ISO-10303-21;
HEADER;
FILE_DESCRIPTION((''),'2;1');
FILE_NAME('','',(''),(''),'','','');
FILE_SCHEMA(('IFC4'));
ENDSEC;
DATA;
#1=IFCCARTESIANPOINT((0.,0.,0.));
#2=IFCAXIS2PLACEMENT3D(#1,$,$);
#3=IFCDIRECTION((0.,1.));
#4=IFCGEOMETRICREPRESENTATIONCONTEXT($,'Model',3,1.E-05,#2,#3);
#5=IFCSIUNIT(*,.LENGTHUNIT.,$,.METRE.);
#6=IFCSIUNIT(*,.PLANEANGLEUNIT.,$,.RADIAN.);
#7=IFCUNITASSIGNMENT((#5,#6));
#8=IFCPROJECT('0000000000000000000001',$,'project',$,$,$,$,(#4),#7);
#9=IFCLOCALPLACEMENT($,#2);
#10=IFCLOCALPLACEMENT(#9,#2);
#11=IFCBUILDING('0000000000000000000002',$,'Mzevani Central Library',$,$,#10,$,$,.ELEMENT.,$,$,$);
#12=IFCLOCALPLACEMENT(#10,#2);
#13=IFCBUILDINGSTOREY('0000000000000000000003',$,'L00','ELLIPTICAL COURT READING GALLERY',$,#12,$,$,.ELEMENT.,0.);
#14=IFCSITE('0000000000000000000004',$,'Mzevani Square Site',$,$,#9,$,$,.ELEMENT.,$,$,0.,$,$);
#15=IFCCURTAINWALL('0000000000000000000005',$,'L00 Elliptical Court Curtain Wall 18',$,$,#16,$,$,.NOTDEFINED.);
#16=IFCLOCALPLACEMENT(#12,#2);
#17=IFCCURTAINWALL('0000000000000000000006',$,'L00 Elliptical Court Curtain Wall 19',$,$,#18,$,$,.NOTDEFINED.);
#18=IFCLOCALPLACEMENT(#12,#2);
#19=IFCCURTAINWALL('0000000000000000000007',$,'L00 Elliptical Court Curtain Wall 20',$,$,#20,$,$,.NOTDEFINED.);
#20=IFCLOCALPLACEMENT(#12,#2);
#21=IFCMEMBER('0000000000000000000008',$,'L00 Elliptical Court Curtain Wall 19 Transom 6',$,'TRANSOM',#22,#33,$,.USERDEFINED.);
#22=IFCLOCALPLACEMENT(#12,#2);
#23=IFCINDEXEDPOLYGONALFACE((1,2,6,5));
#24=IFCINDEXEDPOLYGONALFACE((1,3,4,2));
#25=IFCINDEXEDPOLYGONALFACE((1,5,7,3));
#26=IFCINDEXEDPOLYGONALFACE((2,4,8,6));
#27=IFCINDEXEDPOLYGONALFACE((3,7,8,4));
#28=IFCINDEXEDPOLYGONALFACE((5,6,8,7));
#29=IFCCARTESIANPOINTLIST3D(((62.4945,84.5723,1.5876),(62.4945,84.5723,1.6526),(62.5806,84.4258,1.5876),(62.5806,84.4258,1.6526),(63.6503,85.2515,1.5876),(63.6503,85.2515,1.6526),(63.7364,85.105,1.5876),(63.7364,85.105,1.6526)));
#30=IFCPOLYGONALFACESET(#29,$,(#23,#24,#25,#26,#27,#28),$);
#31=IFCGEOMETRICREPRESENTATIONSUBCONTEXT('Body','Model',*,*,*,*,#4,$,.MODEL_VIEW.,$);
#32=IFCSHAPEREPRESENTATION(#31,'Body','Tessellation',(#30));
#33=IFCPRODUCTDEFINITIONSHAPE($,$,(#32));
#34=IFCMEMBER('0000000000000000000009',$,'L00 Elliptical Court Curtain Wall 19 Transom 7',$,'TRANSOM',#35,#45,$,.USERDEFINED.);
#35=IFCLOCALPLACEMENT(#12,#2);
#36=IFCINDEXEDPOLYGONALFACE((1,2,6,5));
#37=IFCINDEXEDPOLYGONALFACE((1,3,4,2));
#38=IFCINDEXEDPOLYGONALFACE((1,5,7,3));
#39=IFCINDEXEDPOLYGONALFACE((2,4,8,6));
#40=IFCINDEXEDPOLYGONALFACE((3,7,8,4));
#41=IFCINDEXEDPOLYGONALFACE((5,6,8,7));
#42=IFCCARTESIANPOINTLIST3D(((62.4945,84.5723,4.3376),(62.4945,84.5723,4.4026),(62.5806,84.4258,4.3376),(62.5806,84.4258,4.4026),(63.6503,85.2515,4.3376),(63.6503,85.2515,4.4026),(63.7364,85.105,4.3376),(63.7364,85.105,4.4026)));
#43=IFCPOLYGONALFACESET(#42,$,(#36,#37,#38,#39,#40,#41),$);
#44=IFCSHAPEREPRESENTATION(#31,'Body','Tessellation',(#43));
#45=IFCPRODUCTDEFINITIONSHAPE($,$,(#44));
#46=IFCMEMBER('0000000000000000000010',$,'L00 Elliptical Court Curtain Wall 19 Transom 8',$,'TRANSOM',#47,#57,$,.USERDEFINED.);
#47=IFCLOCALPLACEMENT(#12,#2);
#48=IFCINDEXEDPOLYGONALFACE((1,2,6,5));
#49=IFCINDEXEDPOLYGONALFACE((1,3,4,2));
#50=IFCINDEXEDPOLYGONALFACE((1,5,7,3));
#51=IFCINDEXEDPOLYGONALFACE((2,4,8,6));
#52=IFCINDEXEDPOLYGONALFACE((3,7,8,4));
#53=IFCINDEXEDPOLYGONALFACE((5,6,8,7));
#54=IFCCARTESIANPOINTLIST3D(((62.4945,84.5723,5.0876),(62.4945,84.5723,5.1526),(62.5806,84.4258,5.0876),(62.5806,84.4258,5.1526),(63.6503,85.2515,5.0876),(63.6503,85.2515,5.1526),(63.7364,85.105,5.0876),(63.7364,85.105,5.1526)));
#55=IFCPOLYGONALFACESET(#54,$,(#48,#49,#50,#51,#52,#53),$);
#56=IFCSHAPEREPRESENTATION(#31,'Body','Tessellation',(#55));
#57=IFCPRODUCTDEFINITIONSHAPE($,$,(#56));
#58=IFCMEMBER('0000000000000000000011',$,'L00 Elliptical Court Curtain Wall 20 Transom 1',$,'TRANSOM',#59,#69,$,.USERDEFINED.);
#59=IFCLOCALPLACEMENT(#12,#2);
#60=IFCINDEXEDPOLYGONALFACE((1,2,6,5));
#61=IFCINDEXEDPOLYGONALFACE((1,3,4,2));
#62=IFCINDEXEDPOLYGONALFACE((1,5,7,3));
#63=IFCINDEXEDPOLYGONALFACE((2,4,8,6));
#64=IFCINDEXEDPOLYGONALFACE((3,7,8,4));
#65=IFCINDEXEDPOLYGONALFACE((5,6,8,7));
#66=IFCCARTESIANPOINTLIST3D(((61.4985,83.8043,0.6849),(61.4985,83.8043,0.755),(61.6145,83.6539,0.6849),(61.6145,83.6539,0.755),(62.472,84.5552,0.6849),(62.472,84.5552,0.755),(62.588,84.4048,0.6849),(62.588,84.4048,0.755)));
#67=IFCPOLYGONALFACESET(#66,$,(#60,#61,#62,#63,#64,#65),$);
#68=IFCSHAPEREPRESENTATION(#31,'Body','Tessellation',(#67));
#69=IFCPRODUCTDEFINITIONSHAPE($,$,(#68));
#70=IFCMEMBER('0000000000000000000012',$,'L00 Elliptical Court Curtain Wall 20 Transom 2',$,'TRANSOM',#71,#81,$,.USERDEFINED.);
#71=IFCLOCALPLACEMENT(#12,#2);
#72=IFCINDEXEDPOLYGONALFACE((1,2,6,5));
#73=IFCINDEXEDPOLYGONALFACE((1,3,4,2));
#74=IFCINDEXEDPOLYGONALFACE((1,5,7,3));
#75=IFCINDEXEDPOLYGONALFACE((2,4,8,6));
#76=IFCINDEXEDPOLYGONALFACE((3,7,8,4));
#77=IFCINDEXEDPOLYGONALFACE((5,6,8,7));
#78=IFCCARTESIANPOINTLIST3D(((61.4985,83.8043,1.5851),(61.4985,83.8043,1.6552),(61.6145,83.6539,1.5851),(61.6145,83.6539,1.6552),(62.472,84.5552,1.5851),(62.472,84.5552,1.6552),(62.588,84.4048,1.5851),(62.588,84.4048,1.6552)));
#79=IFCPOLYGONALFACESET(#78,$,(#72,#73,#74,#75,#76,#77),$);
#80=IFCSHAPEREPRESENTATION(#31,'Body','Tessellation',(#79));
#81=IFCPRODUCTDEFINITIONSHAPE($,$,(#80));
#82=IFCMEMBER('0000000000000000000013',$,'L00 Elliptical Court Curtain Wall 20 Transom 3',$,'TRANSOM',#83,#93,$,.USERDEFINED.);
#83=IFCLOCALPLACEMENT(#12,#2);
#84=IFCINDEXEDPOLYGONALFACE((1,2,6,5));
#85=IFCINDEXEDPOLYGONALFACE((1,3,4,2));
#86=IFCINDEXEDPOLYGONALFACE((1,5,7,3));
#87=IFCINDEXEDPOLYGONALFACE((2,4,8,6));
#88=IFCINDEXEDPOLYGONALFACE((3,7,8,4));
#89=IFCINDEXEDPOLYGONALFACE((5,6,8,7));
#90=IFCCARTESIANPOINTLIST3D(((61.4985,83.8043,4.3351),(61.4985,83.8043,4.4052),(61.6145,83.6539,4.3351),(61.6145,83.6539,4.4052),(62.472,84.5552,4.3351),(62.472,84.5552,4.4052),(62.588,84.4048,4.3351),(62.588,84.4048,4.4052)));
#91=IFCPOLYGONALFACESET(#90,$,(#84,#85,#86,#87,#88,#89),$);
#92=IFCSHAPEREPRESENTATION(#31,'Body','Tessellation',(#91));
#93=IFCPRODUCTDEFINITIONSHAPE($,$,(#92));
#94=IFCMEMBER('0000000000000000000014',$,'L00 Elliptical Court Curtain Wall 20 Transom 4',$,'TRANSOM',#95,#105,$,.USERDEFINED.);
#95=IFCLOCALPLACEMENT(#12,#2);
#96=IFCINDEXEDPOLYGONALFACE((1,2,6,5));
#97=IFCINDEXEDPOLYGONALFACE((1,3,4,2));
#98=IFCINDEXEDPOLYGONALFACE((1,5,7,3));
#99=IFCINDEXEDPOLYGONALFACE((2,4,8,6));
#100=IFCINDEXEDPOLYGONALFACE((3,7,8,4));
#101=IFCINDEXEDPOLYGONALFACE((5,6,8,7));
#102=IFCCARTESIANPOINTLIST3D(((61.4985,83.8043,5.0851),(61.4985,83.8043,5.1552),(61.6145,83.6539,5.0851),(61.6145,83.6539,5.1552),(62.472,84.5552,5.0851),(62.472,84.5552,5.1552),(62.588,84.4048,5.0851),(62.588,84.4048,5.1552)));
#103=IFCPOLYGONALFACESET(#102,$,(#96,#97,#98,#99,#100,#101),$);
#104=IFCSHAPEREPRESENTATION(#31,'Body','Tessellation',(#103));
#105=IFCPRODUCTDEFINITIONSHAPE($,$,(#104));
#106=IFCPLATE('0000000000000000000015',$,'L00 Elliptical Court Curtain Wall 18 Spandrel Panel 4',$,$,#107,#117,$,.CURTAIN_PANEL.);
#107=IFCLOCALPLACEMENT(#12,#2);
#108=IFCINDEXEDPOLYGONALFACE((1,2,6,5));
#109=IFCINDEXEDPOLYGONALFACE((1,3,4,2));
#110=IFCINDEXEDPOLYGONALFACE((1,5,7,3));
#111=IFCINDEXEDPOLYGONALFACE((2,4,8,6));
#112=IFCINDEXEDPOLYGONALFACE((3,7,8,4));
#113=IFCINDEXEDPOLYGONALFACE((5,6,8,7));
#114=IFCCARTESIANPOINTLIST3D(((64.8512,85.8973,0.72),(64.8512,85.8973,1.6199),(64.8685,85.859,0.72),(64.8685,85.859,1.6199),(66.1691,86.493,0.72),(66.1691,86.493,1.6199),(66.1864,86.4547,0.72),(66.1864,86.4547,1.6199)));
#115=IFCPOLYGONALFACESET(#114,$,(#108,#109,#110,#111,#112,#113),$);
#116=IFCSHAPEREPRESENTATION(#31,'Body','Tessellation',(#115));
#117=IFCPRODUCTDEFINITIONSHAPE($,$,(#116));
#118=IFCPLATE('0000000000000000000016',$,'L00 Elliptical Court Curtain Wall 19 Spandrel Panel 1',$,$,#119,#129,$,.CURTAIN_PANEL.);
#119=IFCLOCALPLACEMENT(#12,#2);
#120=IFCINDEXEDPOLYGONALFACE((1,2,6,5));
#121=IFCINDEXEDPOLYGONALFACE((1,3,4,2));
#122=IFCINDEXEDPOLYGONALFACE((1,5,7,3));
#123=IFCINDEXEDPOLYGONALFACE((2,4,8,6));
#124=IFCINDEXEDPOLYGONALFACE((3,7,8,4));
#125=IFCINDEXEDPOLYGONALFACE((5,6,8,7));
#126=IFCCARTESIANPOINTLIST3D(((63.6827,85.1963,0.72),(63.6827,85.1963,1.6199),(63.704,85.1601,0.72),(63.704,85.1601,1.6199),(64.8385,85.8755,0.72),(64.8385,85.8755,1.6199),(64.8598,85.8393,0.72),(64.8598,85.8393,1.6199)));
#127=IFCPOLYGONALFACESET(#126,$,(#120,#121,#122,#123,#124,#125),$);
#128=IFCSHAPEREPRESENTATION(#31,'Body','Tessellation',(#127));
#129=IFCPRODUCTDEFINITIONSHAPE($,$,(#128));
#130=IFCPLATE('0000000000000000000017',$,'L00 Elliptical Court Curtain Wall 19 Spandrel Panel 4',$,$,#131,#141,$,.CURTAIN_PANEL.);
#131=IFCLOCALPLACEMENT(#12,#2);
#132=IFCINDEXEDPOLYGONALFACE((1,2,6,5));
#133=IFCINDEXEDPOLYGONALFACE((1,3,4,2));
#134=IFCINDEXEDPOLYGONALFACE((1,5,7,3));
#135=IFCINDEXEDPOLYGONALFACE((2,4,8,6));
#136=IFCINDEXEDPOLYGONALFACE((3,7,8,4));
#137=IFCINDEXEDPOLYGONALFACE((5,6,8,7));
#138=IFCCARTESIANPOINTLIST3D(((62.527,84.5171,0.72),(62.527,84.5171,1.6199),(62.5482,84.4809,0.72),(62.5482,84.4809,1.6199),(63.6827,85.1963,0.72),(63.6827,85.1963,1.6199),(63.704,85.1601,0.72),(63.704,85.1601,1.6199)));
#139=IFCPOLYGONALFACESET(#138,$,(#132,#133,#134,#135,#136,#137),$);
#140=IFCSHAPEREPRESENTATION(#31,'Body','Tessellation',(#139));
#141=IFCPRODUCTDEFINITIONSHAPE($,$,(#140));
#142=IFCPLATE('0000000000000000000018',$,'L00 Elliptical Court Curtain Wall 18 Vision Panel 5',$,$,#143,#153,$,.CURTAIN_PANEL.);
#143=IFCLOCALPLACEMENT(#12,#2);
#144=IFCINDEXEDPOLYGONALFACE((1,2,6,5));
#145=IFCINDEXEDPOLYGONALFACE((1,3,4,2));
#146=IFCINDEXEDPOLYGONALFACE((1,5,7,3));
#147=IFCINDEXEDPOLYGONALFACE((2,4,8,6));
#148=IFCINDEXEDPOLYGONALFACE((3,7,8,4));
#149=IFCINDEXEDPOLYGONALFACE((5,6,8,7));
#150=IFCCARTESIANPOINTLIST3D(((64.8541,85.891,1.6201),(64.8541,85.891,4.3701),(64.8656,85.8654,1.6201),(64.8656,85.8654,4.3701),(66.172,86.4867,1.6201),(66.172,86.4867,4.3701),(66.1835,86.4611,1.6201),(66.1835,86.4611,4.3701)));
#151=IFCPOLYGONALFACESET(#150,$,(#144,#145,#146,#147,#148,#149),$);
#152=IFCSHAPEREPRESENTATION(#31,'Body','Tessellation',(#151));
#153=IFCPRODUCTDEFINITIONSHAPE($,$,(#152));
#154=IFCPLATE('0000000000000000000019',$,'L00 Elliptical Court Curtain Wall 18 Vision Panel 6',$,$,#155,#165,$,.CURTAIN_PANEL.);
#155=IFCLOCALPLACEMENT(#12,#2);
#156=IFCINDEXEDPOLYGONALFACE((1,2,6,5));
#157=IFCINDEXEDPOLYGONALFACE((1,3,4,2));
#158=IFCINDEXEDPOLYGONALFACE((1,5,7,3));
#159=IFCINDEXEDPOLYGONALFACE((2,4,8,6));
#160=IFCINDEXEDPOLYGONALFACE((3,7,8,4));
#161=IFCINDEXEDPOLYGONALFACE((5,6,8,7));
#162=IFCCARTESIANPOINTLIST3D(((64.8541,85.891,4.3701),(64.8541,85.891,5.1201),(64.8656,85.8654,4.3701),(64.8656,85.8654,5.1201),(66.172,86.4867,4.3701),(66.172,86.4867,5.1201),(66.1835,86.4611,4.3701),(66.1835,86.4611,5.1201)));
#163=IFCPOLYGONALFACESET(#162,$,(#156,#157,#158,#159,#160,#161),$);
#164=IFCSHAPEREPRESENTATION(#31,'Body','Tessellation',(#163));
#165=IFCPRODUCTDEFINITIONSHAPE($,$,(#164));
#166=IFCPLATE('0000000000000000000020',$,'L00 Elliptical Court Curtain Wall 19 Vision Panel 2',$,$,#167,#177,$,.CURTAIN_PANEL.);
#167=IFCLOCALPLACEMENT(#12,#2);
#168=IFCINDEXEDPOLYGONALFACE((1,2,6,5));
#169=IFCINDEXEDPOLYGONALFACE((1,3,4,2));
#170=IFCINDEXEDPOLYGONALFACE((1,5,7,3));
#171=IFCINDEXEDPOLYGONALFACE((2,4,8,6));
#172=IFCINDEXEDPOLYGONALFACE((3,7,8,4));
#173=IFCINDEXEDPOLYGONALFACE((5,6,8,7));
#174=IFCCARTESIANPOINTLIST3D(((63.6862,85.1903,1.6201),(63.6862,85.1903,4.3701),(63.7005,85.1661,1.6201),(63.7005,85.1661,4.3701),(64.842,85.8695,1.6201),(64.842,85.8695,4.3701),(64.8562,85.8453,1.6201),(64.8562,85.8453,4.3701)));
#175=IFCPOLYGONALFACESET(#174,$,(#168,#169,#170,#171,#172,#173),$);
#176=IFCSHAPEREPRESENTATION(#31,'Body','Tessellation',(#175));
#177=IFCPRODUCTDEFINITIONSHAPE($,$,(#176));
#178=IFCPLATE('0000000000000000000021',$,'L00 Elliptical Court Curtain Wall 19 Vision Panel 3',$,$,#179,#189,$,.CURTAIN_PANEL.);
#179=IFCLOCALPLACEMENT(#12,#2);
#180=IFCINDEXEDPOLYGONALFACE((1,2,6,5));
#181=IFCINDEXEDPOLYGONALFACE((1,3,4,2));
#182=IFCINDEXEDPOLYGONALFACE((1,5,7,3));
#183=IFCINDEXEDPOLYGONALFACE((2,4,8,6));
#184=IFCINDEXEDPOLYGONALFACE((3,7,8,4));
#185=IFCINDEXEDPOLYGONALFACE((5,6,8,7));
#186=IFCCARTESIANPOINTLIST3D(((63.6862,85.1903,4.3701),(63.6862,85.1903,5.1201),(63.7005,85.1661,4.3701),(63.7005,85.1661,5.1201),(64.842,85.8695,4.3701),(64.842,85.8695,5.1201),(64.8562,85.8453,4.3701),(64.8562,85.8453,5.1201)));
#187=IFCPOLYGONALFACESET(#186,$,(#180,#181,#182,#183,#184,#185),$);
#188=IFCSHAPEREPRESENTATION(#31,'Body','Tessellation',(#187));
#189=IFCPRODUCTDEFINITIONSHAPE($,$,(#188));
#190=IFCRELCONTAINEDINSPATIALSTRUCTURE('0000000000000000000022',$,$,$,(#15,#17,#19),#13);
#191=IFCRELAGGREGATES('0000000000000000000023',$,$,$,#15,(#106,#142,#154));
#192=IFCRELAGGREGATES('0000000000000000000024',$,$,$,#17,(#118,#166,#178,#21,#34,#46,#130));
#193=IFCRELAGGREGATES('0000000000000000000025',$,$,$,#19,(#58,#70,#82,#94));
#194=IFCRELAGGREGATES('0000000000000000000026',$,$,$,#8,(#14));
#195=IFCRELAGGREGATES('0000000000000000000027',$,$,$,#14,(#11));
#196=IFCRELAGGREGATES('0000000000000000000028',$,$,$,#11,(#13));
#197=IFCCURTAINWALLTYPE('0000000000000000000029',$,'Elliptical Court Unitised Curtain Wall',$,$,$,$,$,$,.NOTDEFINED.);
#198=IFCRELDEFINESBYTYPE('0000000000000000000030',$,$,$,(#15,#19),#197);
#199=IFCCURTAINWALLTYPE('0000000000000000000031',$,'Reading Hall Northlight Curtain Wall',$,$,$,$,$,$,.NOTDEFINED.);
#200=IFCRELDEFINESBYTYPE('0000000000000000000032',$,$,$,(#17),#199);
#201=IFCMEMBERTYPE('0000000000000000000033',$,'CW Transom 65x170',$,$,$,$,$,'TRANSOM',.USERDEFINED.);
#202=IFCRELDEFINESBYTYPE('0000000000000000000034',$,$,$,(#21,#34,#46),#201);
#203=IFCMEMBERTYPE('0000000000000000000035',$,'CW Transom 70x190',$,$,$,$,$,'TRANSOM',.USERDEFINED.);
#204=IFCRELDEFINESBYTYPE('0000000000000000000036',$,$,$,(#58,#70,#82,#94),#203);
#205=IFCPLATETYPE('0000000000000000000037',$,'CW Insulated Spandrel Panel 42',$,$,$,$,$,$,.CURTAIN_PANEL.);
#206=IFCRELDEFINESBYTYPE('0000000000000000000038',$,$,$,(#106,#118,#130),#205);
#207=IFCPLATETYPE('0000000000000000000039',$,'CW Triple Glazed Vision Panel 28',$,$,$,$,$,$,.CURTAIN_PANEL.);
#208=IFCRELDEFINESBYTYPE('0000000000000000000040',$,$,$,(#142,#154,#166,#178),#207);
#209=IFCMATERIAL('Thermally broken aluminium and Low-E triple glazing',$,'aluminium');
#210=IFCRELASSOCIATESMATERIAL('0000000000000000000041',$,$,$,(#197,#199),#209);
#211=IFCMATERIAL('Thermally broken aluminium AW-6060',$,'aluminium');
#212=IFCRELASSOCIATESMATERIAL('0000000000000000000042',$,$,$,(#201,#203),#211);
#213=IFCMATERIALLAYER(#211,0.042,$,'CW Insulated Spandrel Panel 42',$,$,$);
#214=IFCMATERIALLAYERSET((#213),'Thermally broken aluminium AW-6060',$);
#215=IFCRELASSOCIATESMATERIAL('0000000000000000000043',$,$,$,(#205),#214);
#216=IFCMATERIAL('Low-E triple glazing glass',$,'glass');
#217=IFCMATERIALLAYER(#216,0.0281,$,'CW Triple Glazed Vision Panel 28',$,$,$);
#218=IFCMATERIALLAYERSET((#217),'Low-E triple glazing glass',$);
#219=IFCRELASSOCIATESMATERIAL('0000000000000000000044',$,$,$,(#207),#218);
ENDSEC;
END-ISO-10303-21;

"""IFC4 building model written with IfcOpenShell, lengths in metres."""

from ifc_helpers import new_model, si_unit, direction, frame, origin, origin_2d, place, context, subcontext, project, spatial, rectangle, extrude, material, layer, layer_set, material_profile, profile_set, type_object, element, aggregate, save


model = new_model("IFC4")

# Units and contexts
model_context = context("Model", 3, precision=1e-05, world=origin(), true_north=direction((0.0, 1.0)))
body_context = subcontext(model_context, "Body", "Model", "MODEL_VIEW")
ifc_project = project(units=[si_unit("LENGTHUNIT", "METRE"), si_unit("PLANEANGLEUNIT", "RADIAN")], contexts=[model_context])

# Site, building, storey
site_placement = place(None, origin())
site = spatial("IfcSite", under=ifc_project, at=site_placement, Name="Mzevani Square Site", CompositionType="ELEMENT", RefElevation=0.0)
building_placement = place(site_placement, origin())
building = spatial("IfcBuilding", under=site, at=building_placement, Name="Mzevani Central Library", CompositionType="ELEMENT")
storey_placement = place(building_placement, origin())
storey = spatial("IfcBuildingStorey", under=building, at=storey_placement, Name="L00", Description="ELLIPTICAL COURT READING GALLERY", CompositionType="ELEMENT", Elevation=0.0)

# Curtain walls
ifc_material_1 = material(Name="Thermally broken aluminium and Low-E triple glazing", Category="aluminium")
curtain_wall_type_1 = type_object("IfcCurtainWallType", Name="Elliptical Court Unitised Curtain Wall", PredefinedType="NOTDEFINED", material=ifc_material_1)
curtain_wall_1_placement = place(storey_placement, origin())
curtain_wall_1 = element("IfcCurtainWall", 1, at=curtain_wall_1_placement, inside=storey, type_object=curtain_wall_type_1, Name="L00 Elliptical Court Curtain Wall 18", PredefinedType="NOTDEFINED")
ifc_material_2 = material(Name="Thermally broken aluminium AW-6060", Category="aluminium")
curtain_wall_type_2 = type_object("IfcCurtainWallType", Name="Reading Hall Northlight Curtain Wall", PredefinedType="NOTDEFINED", material=ifc_material_1)
curtain_wall_2_placement = place(storey_placement, origin())
curtain_wall_2 = element("IfcCurtainWall", 2, at=curtain_wall_2_placement, inside=storey, type_object=curtain_wall_type_2, Name="L00 Elliptical Court Curtain Wall 19", PredefinedType="NOTDEFINED")

# Curtain wall
curtain_wall_3_placement = place(storey_placement, origin())
curtain_wall_3 = element("IfcCurtainWall", 3, at=curtain_wall_3_placement, inside=storey, type_object=curtain_wall_type_1, Name="L00 Elliptical Court Curtain Wall 20", PredefinedType="NOTDEFINED")

# Members
ifc_material_profile_1 = material_profile(ifc_material_2, rectangle(XDim=0.1699, YDim=0.0649, at=origin_2d()), Name="ALU T65x170")
ifc_profile_set_1 = profile_set([ifc_material_profile_1], Name="Thermally broken aluminium AW-6060")
member_type_1 = type_object("IfcMemberType", Name="CW Transom 65x170", ElementType="TRANSOM", PredefinedType="USERDEFINED", material=ifc_profile_set_1)
member_1_placement = place(storey_placement, frame((63.6934, 85.1782, 1.6201), z_axis=(-0.862149, -0.506654, 0.0), x_axis=(0.506654, -0.862149, 0.0)))
member_1 = element("IfcMember", 4, at=member_1_placement, type_object=member_type_1, Name="L00 Elliptical Court Curtain Wall 19 Transom 6", ObjectType="TRANSOM", PredefinedType="USERDEFINED", context=body_context, shape_type="SweptSolid", body=[
    extrude(rectangle(XDim=0.1699, YDim=0.0649, at=origin_2d()), origin(), (0.0, 0.0, 1.0), 1.3406),
])
member_2_placement = place(storey_placement, frame((63.6934, 85.1782, 4.3701), z_axis=(-0.862149, -0.506654, 0.0), x_axis=(0.506654, -0.862149, 0.0)))
member_2 = element("IfcMember", 5, at=member_2_placement, type_object=member_type_1, Name="L00 Elliptical Court Curtain Wall 19 Transom 7", ObjectType="TRANSOM", PredefinedType="USERDEFINED", context=body_context, shape_type="SweptSolid", body=[
    extrude(rectangle(XDim=0.1699, YDim=0.0649, at=origin_2d()), origin(), (0.0, 0.0, 1.0), 1.3406),
])
member_3_placement = place(storey_placement, frame((63.6934, 85.1782, 5.1201), z_axis=(-0.862149, -0.506654, 0.0), x_axis=(0.506654, -0.862149, 0.0)))
member_3 = element("IfcMember", 6, at=member_3_placement, type_object=member_type_1, Name="L00 Elliptical Court Curtain Wall 19 Transom 8", ObjectType="TRANSOM", PredefinedType="USERDEFINED", context=body_context, shape_type="SweptSolid", body=[
    extrude(rectangle(XDim=0.1699, YDim=0.0649, at=origin_2d()), origin(), (0.0, 0.0, 1.0), 1.3406),
])
ifc_material_profile_2 = material_profile(ifc_material_2, rectangle(XDim=0.1899, YDim=0.0701, at=origin_2d()), Name="ALU T70x190")
ifc_profile_set_2 = profile_set([ifc_material_profile_2], Name="Thermally broken aluminium AW-6060")
member_type_2 = type_object("IfcMemberType", Name="CW Transom 70x190", ElementType="TRANSOM", PredefinedType="USERDEFINED", material=ifc_profile_set_2)
member_4_placement = place(storey_placement, frame((62.53, 84.48, 0.72), z_axis=(-0.791826, -0.610747, 0.0), x_axis=(0.610747, -0.791826, 0.0)))
member_4 = element("IfcMember", 7, at=member_4_placement, type_object=member_type_2, Name="L00 Elliptical Court Curtain Wall 20 Transom 1", ObjectType="TRANSOM", PredefinedType="USERDEFINED", context=body_context, shape_type="SweptSolid", body=[
    extrude(rectangle(XDim=0.1899, YDim=0.0701, at=origin_2d()), origin(), (0.0, 0.0, 1.0), 1.2295),
])
member_5_placement = place(storey_placement, frame((62.53, 84.48, 1.6201), z_axis=(-0.791826, -0.610747, 0.0), x_axis=(0.610747, -0.791826, 0.0)))
member_5 = element("IfcMember", 8, at=member_5_placement, type_object=member_type_2, Name="L00 Elliptical Court Curtain Wall 20 Transom 2", ObjectType="TRANSOM", PredefinedType="USERDEFINED", context=body_context, shape_type="SweptSolid", body=[
    extrude(rectangle(XDim=0.1899, YDim=0.0701, at=origin_2d()), origin(), (0.0, 0.0, 1.0), 1.2295),
])
member_6_placement = place(storey_placement, frame((62.53, 84.48, 4.3701), z_axis=(-0.791826, -0.610747, 0.0), x_axis=(0.610747, -0.791826, 0.0)))
member_6 = element("IfcMember", 9, at=member_6_placement, type_object=member_type_2, Name="L00 Elliptical Court Curtain Wall 20 Transom 3", ObjectType="TRANSOM", PredefinedType="USERDEFINED", context=body_context, shape_type="SweptSolid", body=[
    extrude(rectangle(XDim=0.1899, YDim=0.0701, at=origin_2d()), origin(), (0.0, 0.0, 1.0), 1.2295),
])
member_7_placement = place(storey_placement, frame((62.53, 84.48, 5.1201), z_axis=(-0.791826, -0.610747, 0.0), x_axis=(0.610747, -0.791826, 0.0)))
member_7 = element("IfcMember", 10, at=member_7_placement, type_object=member_type_2, Name="L00 Elliptical Court Curtain Wall 20 Transom 4", ObjectType="TRANSOM", PredefinedType="USERDEFINED", context=body_context, shape_type="SweptSolid", body=[
    extrude(rectangle(XDim=0.1899, YDim=0.0701, at=origin_2d()), origin(), (0.0, 0.0, 1.0), 1.2295),
])

# Plates
ifc_layer_1 = layer(ifc_material_2, 0.042, Name="CW Insulated Spandrel Panel 42")
ifc_layer_set_1 = layer_set([ifc_layer_1], Name="Thermally broken aluminium AW-6060")
plate_type_1 = type_object("IfcPlateType", Name="CW Insulated Spandrel Panel 42", PredefinedType="CURTAIN_PANEL", material=ifc_layer_set_1)
plate_1_placement = place(storey_placement, frame((65.5188, 86.176, 0.72), z_axis=(0.0, 0.0, 1.0), x_axis=(-0.911237, -0.411882, 0.0)))
plate_1 = element("IfcPlate", 11, at=plate_1_placement, type_object=plate_type_1, Name="L00 Elliptical Court Curtain Wall 18 Spandrel Panel 4", PredefinedType="CURTAIN_PANEL", context=body_context, shape_type="SweptSolid", body=[
    extrude(rectangle(XDim=1.4463, YDim=0.042, at=origin_2d()), origin(), (0.0, 0.0, 1.0), 0.8999),
])
plate_2_placement = place(storey_placement, frame((64.2712, 85.5178, 0.72), z_axis=(0.0, 0.0, 1.0), x_axis=(-0.862137, -0.506675, 0.0)))
plate_2 = element("IfcPlate", 12, at=plate_2_placement, type_object=plate_type_1, Name="L00 Elliptical Court Curtain Wall 19 Spandrel Panel 1", PredefinedType="CURTAIN_PANEL", context=body_context, shape_type="SweptSolid", body=[
    extrude(rectangle(XDim=1.3406, YDim=0.042, at=origin_2d()), origin(), (0.0, 0.0, 1.0), 0.8999),
])
plate_3_placement = place(storey_placement, frame((63.1155, 84.8386, 0.72), z_axis=(0.0, 0.0, 1.0), x_axis=(-0.862137, -0.506675, 0.0)))
plate_3 = element("IfcPlate", 13, at=plate_3_placement, type_object=plate_type_1, Name="L00 Elliptical Court Curtain Wall 19 Spandrel Panel 4", PredefinedType="CURTAIN_PANEL", context=body_context, shape_type="SweptSolid", body=[
    extrude(rectangle(XDim=1.3406, YDim=0.042, at=origin_2d()), origin(), (0.0, 0.0, 1.0), 0.8999),
])
ifc_material_3 = material(Name="Low-E triple glazing glass", Category="glass")
ifc_layer_2 = layer(ifc_material_3, 0.0281, Name="CW Triple Glazed Vision Panel 28")
ifc_layer_set_2 = layer_set([ifc_layer_2], Name="Low-E triple glazing glass")
plate_type_2 = type_object("IfcPlateType", Name="CW Triple Glazed Vision Panel 28", PredefinedType="CURTAIN_PANEL", material=ifc_layer_set_2)
plate_4_placement = place(storey_placement, frame((65.5188, 86.176, 1.6201), z_axis=(0.0, 0.0, 1.0), x_axis=(-0.911237, -0.411882, 0.0)))
plate_4 = element("IfcPlate", 14, at=plate_4_placement, type_object=plate_type_2, Name="L00 Elliptical Court Curtain Wall 18 Vision Panel 5", PredefinedType="CURTAIN_PANEL", context=body_context, shape_type="SweptSolid", body=[
    extrude(rectangle(XDim=1.4463, YDim=0.0281, at=origin_2d()), origin(), (0.0, 0.0, 1.0), 2.75),
])
plate_5_placement = place(storey_placement, frame((65.5188, 86.176, 4.3701), z_axis=(0.0, 0.0, 1.0), x_axis=(-0.911237, -0.411882, 0.0)))
plate_5 = element("IfcPlate", 15, at=plate_5_placement, type_object=plate_type_2, Name="L00 Elliptical Court Curtain Wall 18 Vision Panel 6", PredefinedType="CURTAIN_PANEL", context=body_context, shape_type="SweptSolid", body=[
    extrude(rectangle(XDim=1.4463, YDim=0.0281, at=origin_2d()), origin(), (0.0, 0.0, 1.0), 0.75),
])
aggregate(curtain_wall_1, [plate_1, plate_4, plate_5])
plate_6_placement = place(storey_placement, frame((64.2712, 85.5178, 1.6201), z_axis=(0.0, 0.0, 1.0), x_axis=(-0.862137, -0.506675, 0.0)))
plate_6 = element("IfcPlate", 16, at=plate_6_placement, type_object=plate_type_2, Name="L00 Elliptical Court Curtain Wall 19 Vision Panel 2", PredefinedType="CURTAIN_PANEL", context=body_context, shape_type="SweptSolid", body=[
    extrude(rectangle(XDim=1.3406, YDim=0.0281, at=origin_2d()), origin(), (0.0, 0.0, 1.0), 2.75),
])
plate_7_placement = place(storey_placement, frame((64.2712, 85.5178, 4.3701), z_axis=(0.0, 0.0, 1.0), x_axis=(-0.862137, -0.506675, 0.0)))
plate_7 = element("IfcPlate", 17, at=plate_7_placement, type_object=plate_type_2, Name="L00 Elliptical Court Curtain Wall 19 Vision Panel 3", PredefinedType="CURTAIN_PANEL", context=body_context, shape_type="SweptSolid", body=[
    extrude(rectangle(XDim=1.3406, YDim=0.0281, at=origin_2d()), origin(), (0.0, 0.0, 1.0), 0.75),
])
aggregate(curtain_wall_2, [plate_2, plate_6, plate_7, member_1, member_2, member_3, plate_3])
aggregate(curtain_wall_3, [member_4, member_5, member_6, member_7])

save(model, "model.ifc")
